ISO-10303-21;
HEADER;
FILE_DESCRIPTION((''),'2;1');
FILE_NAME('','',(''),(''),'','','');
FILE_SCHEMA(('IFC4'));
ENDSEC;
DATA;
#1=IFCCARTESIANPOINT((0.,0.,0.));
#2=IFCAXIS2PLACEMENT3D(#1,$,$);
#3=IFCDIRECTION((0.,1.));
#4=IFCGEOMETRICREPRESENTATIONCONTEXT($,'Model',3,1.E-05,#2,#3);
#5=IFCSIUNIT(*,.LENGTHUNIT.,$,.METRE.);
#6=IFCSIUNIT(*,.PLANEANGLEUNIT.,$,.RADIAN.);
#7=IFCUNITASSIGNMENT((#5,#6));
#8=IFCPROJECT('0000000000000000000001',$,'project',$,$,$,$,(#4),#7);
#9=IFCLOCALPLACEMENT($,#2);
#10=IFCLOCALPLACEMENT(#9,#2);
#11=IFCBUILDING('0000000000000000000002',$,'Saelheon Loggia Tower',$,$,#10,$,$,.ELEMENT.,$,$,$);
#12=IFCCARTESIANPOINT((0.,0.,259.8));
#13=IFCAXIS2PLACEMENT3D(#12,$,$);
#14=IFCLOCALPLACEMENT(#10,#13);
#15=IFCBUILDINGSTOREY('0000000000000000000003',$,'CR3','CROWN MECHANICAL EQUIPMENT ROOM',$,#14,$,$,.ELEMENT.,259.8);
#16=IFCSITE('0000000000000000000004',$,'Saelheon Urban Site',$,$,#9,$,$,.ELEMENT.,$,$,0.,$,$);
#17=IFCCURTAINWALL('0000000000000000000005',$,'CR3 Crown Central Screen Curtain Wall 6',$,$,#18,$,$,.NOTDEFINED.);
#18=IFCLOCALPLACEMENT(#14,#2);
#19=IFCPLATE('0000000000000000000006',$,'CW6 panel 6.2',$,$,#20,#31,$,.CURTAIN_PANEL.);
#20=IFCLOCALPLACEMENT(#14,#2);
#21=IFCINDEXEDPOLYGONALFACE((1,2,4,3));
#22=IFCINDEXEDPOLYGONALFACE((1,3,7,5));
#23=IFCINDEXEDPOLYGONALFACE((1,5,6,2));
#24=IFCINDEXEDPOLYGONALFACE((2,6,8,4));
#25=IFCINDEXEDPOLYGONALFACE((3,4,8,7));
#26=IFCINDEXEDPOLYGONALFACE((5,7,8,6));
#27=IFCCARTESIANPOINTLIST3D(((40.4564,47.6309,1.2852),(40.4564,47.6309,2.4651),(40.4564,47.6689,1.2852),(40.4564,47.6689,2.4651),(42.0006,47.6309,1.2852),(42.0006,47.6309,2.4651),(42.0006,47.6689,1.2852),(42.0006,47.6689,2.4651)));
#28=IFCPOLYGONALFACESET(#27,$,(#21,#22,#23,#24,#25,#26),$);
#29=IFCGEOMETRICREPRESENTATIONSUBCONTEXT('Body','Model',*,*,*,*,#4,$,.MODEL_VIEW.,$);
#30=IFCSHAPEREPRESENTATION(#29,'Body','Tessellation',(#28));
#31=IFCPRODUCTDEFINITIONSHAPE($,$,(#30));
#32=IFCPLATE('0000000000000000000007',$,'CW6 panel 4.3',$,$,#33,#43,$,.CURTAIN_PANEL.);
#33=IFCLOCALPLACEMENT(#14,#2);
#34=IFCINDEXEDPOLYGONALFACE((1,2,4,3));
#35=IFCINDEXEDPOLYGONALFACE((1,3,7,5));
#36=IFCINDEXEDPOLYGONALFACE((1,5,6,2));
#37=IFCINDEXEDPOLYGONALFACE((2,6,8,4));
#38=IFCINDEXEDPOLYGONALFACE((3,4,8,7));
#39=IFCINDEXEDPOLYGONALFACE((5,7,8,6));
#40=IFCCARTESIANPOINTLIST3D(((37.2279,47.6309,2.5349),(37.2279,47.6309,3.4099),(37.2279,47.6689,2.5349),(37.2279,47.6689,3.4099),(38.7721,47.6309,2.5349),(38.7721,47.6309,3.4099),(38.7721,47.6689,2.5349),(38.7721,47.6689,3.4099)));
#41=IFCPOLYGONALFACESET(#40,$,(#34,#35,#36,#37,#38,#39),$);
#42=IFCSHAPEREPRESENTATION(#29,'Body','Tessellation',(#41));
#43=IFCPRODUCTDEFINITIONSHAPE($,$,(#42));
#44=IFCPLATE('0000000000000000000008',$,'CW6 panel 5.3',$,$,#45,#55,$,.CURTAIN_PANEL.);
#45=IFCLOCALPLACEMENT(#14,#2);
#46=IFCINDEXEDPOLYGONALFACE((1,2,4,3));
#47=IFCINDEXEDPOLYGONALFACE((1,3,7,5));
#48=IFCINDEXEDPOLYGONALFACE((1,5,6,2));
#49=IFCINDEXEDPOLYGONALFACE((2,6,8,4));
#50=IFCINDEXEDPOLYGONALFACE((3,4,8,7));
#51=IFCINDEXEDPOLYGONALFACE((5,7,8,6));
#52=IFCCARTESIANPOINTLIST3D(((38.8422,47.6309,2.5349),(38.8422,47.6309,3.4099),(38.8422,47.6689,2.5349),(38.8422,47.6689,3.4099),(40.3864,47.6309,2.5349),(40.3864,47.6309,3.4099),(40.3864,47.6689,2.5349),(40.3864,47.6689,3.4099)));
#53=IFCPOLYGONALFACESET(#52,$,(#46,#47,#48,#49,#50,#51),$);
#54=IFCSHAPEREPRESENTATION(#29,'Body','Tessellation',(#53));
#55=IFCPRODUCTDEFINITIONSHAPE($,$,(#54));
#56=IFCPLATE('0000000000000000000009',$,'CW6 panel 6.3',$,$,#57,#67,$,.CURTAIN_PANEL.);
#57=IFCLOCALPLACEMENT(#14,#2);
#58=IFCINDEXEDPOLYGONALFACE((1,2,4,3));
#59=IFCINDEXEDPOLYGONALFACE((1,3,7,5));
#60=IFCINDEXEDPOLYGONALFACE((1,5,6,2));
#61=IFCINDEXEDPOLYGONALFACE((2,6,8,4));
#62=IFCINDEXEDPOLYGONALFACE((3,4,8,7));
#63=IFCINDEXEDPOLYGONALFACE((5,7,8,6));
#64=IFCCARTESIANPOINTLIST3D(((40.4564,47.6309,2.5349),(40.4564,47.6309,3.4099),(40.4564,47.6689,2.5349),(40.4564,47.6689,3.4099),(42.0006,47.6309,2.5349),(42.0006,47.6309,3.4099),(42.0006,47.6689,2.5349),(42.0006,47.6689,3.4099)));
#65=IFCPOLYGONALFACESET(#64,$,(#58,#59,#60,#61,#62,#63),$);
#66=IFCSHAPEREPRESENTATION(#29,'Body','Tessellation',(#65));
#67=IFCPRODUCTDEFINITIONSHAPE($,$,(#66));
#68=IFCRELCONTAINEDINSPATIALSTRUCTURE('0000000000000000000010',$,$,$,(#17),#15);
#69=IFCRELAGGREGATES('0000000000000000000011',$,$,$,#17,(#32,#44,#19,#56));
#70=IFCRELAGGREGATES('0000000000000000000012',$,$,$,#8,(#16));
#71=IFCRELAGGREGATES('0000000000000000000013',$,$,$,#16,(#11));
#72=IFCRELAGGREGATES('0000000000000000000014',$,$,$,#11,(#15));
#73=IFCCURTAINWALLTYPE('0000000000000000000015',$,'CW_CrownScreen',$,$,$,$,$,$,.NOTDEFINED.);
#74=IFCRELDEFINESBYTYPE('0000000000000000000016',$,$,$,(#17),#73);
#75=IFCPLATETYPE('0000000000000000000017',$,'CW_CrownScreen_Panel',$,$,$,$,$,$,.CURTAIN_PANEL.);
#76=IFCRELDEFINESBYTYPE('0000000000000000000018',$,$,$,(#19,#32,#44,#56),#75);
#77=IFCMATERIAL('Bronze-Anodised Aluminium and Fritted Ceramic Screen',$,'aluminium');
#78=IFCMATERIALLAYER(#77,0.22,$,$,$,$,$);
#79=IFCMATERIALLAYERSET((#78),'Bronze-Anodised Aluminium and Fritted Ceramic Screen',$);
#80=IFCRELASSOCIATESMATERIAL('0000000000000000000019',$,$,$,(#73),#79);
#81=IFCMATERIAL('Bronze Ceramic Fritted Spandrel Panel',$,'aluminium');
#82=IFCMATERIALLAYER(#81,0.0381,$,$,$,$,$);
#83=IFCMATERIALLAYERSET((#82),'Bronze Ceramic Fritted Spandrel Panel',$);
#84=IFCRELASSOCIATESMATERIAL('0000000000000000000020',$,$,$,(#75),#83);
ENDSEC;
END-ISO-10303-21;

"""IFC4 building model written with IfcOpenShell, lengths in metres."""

from ifc_helpers import new_model, si_unit, direction, frame, origin, origin_2d, place, context, subcontext, project, spatial, rectangle, extrude, source, transform, mapped, material, layer, layer_set, type_object, element, aggregate, save


model = new_model("IFC4")

# Units and contexts
model_context = context("Model", 3, precision=1e-05, world=origin(), true_north=direction((0.0, 1.0)))
body_context = subcontext(model_context, "Body", "Model", "MODEL_VIEW")
ifc_project = project(units=[si_unit("LENGTHUNIT", "METRE"), si_unit("PLANEANGLEUNIT", "RADIAN")], contexts=[model_context])

# Site, building, storey
site_placement = place(None, origin())
site = spatial("IfcSite", under=ifc_project, at=site_placement, Name="Saelheon Urban Site", CompositionType="ELEMENT", RefElevation=0.0)
building_placement = place(site_placement, origin())
building = spatial("IfcBuilding", under=site, at=building_placement, Name="Saelheon Loggia Tower", CompositionType="ELEMENT")
storey_placement = place(building_placement, frame((0.0, 0.0, 259.8)))
storey = spatial("IfcBuildingStorey", under=building, at=storey_placement, Name="CR3", Description="CROWN MECHANICAL EQUIPMENT ROOM", CompositionType="ELEMENT", Elevation=259.8)

# Curtain wall, plates
ifc_material_1 = material(Name="Bronze-Anodised Aluminium and Fritted Ceramic Screen", Category="aluminium")
ifc_layer_1 = layer(ifc_material_1, 0.22)
ifc_layer_set_1 = layer_set([ifc_layer_1], Name="Bronze-Anodised Aluminium and Fritted Ceramic Screen")
curtain_wall_type = type_object("IfcCurtainWallType", Name="CW_CrownScreen", PredefinedType="NOTDEFINED", material=ifc_layer_set_1)
curtain_wall_placement = place(storey_placement, origin())
curtain_wall = element("IfcCurtainWall", 1, at=curtain_wall_placement, inside=storey, type_object=curtain_wall_type, Name="CR3 Crown Central Screen Curtain Wall 6", PredefinedType="NOTDEFINED")
ifc_material_2 = material(Name="Bronze Ceramic Fritted Spandrel Panel", Category="aluminium")
ifc_layer_2 = layer(ifc_material_2, 0.0381)
ifc_layer_set_2 = layer_set([ifc_layer_2], Name="Bronze Ceramic Fritted Spandrel Panel")
plate_type = type_object("IfcPlateType", Name="CW_CrownScreen_Panel", PredefinedType="CURTAIN_PANEL", material=ifc_layer_set_2)
shared_shape_1 = source(origin(), body_context, "Body", "SweptSolid", [
    extrude(rectangle(XDim=1.5442, YDim=0.0381, at=origin_2d()), origin(), (0.0, 0.0, 1.0), 1.1799),
])
plate_1_placement = place(storey_placement, frame((41.2285, 47.6499, 1.2852), z_axis=(0.0, 0.0, 1.0), x_axis=(1.0, 0.0, 0.0)))
plate_1 = element("IfcPlate", 2, at=plate_1_placement, type_object=plate_type, Name="CW6 panel 6.2", PredefinedType="CURTAIN_PANEL", context=body_context, shape_type="MappedRepresentation", body=[
    mapped(shared_shape_1, transform((0.0, 0.0, 0.0), scale=1.0)),
])
shared_shape_2 = source(origin(), body_context, "Body", "SweptSolid", [
    extrude(rectangle(XDim=1.5442, YDim=0.0381, at=origin_2d()), origin(), (0.0, 0.0, 1.0), 0.875),
])
plate_2_placement = place(storey_placement, frame((38.0, 47.6499, 2.5349), z_axis=(0.0, 0.0, 1.0), x_axis=(1.0, 0.0, 0.0)))
plate_2 = element("IfcPlate", 3, at=plate_2_placement, type_object=plate_type, Name="CW6 panel 4.3", PredefinedType="CURTAIN_PANEL", context=body_context, shape_type="MappedRepresentation", body=[
    mapped(shared_shape_2, transform((0.0, 0.0, 0.0), scale=1.0)),
])
plate_3_placement = place(storey_placement, frame((39.6143, 47.6499, 2.5349), z_axis=(0.0, 0.0, 1.0), x_axis=(1.0, 0.0, 0.0)))
plate_3 = element("IfcPlate", 4, at=plate_3_placement, type_object=plate_type, Name="CW6 panel 5.3", PredefinedType="CURTAIN_PANEL", context=body_context, shape_type="MappedRepresentation", body=[
    mapped(shared_shape_2, transform((0.0, 0.0, 0.0), scale=1.0)),
])
plate_4_placement = place(storey_placement, frame((41.2285, 47.6499, 2.5349), z_axis=(0.0, 0.0, 1.0), x_axis=(1.0, 0.0, 0.0)))
plate_4 = element("IfcPlate", 5, at=plate_4_placement, type_object=plate_type, Name="CW6 panel 6.3", PredefinedType="CURTAIN_PANEL", context=body_context, shape_type="MappedRepresentation", body=[
    mapped(shared_shape_2, transform((0.0, 0.0, 0.0), scale=1.0)),
])
aggregate(curtain_wall, [plate_2, plate_3, plate_1, plate_4])

save(model, "model.ifc")
